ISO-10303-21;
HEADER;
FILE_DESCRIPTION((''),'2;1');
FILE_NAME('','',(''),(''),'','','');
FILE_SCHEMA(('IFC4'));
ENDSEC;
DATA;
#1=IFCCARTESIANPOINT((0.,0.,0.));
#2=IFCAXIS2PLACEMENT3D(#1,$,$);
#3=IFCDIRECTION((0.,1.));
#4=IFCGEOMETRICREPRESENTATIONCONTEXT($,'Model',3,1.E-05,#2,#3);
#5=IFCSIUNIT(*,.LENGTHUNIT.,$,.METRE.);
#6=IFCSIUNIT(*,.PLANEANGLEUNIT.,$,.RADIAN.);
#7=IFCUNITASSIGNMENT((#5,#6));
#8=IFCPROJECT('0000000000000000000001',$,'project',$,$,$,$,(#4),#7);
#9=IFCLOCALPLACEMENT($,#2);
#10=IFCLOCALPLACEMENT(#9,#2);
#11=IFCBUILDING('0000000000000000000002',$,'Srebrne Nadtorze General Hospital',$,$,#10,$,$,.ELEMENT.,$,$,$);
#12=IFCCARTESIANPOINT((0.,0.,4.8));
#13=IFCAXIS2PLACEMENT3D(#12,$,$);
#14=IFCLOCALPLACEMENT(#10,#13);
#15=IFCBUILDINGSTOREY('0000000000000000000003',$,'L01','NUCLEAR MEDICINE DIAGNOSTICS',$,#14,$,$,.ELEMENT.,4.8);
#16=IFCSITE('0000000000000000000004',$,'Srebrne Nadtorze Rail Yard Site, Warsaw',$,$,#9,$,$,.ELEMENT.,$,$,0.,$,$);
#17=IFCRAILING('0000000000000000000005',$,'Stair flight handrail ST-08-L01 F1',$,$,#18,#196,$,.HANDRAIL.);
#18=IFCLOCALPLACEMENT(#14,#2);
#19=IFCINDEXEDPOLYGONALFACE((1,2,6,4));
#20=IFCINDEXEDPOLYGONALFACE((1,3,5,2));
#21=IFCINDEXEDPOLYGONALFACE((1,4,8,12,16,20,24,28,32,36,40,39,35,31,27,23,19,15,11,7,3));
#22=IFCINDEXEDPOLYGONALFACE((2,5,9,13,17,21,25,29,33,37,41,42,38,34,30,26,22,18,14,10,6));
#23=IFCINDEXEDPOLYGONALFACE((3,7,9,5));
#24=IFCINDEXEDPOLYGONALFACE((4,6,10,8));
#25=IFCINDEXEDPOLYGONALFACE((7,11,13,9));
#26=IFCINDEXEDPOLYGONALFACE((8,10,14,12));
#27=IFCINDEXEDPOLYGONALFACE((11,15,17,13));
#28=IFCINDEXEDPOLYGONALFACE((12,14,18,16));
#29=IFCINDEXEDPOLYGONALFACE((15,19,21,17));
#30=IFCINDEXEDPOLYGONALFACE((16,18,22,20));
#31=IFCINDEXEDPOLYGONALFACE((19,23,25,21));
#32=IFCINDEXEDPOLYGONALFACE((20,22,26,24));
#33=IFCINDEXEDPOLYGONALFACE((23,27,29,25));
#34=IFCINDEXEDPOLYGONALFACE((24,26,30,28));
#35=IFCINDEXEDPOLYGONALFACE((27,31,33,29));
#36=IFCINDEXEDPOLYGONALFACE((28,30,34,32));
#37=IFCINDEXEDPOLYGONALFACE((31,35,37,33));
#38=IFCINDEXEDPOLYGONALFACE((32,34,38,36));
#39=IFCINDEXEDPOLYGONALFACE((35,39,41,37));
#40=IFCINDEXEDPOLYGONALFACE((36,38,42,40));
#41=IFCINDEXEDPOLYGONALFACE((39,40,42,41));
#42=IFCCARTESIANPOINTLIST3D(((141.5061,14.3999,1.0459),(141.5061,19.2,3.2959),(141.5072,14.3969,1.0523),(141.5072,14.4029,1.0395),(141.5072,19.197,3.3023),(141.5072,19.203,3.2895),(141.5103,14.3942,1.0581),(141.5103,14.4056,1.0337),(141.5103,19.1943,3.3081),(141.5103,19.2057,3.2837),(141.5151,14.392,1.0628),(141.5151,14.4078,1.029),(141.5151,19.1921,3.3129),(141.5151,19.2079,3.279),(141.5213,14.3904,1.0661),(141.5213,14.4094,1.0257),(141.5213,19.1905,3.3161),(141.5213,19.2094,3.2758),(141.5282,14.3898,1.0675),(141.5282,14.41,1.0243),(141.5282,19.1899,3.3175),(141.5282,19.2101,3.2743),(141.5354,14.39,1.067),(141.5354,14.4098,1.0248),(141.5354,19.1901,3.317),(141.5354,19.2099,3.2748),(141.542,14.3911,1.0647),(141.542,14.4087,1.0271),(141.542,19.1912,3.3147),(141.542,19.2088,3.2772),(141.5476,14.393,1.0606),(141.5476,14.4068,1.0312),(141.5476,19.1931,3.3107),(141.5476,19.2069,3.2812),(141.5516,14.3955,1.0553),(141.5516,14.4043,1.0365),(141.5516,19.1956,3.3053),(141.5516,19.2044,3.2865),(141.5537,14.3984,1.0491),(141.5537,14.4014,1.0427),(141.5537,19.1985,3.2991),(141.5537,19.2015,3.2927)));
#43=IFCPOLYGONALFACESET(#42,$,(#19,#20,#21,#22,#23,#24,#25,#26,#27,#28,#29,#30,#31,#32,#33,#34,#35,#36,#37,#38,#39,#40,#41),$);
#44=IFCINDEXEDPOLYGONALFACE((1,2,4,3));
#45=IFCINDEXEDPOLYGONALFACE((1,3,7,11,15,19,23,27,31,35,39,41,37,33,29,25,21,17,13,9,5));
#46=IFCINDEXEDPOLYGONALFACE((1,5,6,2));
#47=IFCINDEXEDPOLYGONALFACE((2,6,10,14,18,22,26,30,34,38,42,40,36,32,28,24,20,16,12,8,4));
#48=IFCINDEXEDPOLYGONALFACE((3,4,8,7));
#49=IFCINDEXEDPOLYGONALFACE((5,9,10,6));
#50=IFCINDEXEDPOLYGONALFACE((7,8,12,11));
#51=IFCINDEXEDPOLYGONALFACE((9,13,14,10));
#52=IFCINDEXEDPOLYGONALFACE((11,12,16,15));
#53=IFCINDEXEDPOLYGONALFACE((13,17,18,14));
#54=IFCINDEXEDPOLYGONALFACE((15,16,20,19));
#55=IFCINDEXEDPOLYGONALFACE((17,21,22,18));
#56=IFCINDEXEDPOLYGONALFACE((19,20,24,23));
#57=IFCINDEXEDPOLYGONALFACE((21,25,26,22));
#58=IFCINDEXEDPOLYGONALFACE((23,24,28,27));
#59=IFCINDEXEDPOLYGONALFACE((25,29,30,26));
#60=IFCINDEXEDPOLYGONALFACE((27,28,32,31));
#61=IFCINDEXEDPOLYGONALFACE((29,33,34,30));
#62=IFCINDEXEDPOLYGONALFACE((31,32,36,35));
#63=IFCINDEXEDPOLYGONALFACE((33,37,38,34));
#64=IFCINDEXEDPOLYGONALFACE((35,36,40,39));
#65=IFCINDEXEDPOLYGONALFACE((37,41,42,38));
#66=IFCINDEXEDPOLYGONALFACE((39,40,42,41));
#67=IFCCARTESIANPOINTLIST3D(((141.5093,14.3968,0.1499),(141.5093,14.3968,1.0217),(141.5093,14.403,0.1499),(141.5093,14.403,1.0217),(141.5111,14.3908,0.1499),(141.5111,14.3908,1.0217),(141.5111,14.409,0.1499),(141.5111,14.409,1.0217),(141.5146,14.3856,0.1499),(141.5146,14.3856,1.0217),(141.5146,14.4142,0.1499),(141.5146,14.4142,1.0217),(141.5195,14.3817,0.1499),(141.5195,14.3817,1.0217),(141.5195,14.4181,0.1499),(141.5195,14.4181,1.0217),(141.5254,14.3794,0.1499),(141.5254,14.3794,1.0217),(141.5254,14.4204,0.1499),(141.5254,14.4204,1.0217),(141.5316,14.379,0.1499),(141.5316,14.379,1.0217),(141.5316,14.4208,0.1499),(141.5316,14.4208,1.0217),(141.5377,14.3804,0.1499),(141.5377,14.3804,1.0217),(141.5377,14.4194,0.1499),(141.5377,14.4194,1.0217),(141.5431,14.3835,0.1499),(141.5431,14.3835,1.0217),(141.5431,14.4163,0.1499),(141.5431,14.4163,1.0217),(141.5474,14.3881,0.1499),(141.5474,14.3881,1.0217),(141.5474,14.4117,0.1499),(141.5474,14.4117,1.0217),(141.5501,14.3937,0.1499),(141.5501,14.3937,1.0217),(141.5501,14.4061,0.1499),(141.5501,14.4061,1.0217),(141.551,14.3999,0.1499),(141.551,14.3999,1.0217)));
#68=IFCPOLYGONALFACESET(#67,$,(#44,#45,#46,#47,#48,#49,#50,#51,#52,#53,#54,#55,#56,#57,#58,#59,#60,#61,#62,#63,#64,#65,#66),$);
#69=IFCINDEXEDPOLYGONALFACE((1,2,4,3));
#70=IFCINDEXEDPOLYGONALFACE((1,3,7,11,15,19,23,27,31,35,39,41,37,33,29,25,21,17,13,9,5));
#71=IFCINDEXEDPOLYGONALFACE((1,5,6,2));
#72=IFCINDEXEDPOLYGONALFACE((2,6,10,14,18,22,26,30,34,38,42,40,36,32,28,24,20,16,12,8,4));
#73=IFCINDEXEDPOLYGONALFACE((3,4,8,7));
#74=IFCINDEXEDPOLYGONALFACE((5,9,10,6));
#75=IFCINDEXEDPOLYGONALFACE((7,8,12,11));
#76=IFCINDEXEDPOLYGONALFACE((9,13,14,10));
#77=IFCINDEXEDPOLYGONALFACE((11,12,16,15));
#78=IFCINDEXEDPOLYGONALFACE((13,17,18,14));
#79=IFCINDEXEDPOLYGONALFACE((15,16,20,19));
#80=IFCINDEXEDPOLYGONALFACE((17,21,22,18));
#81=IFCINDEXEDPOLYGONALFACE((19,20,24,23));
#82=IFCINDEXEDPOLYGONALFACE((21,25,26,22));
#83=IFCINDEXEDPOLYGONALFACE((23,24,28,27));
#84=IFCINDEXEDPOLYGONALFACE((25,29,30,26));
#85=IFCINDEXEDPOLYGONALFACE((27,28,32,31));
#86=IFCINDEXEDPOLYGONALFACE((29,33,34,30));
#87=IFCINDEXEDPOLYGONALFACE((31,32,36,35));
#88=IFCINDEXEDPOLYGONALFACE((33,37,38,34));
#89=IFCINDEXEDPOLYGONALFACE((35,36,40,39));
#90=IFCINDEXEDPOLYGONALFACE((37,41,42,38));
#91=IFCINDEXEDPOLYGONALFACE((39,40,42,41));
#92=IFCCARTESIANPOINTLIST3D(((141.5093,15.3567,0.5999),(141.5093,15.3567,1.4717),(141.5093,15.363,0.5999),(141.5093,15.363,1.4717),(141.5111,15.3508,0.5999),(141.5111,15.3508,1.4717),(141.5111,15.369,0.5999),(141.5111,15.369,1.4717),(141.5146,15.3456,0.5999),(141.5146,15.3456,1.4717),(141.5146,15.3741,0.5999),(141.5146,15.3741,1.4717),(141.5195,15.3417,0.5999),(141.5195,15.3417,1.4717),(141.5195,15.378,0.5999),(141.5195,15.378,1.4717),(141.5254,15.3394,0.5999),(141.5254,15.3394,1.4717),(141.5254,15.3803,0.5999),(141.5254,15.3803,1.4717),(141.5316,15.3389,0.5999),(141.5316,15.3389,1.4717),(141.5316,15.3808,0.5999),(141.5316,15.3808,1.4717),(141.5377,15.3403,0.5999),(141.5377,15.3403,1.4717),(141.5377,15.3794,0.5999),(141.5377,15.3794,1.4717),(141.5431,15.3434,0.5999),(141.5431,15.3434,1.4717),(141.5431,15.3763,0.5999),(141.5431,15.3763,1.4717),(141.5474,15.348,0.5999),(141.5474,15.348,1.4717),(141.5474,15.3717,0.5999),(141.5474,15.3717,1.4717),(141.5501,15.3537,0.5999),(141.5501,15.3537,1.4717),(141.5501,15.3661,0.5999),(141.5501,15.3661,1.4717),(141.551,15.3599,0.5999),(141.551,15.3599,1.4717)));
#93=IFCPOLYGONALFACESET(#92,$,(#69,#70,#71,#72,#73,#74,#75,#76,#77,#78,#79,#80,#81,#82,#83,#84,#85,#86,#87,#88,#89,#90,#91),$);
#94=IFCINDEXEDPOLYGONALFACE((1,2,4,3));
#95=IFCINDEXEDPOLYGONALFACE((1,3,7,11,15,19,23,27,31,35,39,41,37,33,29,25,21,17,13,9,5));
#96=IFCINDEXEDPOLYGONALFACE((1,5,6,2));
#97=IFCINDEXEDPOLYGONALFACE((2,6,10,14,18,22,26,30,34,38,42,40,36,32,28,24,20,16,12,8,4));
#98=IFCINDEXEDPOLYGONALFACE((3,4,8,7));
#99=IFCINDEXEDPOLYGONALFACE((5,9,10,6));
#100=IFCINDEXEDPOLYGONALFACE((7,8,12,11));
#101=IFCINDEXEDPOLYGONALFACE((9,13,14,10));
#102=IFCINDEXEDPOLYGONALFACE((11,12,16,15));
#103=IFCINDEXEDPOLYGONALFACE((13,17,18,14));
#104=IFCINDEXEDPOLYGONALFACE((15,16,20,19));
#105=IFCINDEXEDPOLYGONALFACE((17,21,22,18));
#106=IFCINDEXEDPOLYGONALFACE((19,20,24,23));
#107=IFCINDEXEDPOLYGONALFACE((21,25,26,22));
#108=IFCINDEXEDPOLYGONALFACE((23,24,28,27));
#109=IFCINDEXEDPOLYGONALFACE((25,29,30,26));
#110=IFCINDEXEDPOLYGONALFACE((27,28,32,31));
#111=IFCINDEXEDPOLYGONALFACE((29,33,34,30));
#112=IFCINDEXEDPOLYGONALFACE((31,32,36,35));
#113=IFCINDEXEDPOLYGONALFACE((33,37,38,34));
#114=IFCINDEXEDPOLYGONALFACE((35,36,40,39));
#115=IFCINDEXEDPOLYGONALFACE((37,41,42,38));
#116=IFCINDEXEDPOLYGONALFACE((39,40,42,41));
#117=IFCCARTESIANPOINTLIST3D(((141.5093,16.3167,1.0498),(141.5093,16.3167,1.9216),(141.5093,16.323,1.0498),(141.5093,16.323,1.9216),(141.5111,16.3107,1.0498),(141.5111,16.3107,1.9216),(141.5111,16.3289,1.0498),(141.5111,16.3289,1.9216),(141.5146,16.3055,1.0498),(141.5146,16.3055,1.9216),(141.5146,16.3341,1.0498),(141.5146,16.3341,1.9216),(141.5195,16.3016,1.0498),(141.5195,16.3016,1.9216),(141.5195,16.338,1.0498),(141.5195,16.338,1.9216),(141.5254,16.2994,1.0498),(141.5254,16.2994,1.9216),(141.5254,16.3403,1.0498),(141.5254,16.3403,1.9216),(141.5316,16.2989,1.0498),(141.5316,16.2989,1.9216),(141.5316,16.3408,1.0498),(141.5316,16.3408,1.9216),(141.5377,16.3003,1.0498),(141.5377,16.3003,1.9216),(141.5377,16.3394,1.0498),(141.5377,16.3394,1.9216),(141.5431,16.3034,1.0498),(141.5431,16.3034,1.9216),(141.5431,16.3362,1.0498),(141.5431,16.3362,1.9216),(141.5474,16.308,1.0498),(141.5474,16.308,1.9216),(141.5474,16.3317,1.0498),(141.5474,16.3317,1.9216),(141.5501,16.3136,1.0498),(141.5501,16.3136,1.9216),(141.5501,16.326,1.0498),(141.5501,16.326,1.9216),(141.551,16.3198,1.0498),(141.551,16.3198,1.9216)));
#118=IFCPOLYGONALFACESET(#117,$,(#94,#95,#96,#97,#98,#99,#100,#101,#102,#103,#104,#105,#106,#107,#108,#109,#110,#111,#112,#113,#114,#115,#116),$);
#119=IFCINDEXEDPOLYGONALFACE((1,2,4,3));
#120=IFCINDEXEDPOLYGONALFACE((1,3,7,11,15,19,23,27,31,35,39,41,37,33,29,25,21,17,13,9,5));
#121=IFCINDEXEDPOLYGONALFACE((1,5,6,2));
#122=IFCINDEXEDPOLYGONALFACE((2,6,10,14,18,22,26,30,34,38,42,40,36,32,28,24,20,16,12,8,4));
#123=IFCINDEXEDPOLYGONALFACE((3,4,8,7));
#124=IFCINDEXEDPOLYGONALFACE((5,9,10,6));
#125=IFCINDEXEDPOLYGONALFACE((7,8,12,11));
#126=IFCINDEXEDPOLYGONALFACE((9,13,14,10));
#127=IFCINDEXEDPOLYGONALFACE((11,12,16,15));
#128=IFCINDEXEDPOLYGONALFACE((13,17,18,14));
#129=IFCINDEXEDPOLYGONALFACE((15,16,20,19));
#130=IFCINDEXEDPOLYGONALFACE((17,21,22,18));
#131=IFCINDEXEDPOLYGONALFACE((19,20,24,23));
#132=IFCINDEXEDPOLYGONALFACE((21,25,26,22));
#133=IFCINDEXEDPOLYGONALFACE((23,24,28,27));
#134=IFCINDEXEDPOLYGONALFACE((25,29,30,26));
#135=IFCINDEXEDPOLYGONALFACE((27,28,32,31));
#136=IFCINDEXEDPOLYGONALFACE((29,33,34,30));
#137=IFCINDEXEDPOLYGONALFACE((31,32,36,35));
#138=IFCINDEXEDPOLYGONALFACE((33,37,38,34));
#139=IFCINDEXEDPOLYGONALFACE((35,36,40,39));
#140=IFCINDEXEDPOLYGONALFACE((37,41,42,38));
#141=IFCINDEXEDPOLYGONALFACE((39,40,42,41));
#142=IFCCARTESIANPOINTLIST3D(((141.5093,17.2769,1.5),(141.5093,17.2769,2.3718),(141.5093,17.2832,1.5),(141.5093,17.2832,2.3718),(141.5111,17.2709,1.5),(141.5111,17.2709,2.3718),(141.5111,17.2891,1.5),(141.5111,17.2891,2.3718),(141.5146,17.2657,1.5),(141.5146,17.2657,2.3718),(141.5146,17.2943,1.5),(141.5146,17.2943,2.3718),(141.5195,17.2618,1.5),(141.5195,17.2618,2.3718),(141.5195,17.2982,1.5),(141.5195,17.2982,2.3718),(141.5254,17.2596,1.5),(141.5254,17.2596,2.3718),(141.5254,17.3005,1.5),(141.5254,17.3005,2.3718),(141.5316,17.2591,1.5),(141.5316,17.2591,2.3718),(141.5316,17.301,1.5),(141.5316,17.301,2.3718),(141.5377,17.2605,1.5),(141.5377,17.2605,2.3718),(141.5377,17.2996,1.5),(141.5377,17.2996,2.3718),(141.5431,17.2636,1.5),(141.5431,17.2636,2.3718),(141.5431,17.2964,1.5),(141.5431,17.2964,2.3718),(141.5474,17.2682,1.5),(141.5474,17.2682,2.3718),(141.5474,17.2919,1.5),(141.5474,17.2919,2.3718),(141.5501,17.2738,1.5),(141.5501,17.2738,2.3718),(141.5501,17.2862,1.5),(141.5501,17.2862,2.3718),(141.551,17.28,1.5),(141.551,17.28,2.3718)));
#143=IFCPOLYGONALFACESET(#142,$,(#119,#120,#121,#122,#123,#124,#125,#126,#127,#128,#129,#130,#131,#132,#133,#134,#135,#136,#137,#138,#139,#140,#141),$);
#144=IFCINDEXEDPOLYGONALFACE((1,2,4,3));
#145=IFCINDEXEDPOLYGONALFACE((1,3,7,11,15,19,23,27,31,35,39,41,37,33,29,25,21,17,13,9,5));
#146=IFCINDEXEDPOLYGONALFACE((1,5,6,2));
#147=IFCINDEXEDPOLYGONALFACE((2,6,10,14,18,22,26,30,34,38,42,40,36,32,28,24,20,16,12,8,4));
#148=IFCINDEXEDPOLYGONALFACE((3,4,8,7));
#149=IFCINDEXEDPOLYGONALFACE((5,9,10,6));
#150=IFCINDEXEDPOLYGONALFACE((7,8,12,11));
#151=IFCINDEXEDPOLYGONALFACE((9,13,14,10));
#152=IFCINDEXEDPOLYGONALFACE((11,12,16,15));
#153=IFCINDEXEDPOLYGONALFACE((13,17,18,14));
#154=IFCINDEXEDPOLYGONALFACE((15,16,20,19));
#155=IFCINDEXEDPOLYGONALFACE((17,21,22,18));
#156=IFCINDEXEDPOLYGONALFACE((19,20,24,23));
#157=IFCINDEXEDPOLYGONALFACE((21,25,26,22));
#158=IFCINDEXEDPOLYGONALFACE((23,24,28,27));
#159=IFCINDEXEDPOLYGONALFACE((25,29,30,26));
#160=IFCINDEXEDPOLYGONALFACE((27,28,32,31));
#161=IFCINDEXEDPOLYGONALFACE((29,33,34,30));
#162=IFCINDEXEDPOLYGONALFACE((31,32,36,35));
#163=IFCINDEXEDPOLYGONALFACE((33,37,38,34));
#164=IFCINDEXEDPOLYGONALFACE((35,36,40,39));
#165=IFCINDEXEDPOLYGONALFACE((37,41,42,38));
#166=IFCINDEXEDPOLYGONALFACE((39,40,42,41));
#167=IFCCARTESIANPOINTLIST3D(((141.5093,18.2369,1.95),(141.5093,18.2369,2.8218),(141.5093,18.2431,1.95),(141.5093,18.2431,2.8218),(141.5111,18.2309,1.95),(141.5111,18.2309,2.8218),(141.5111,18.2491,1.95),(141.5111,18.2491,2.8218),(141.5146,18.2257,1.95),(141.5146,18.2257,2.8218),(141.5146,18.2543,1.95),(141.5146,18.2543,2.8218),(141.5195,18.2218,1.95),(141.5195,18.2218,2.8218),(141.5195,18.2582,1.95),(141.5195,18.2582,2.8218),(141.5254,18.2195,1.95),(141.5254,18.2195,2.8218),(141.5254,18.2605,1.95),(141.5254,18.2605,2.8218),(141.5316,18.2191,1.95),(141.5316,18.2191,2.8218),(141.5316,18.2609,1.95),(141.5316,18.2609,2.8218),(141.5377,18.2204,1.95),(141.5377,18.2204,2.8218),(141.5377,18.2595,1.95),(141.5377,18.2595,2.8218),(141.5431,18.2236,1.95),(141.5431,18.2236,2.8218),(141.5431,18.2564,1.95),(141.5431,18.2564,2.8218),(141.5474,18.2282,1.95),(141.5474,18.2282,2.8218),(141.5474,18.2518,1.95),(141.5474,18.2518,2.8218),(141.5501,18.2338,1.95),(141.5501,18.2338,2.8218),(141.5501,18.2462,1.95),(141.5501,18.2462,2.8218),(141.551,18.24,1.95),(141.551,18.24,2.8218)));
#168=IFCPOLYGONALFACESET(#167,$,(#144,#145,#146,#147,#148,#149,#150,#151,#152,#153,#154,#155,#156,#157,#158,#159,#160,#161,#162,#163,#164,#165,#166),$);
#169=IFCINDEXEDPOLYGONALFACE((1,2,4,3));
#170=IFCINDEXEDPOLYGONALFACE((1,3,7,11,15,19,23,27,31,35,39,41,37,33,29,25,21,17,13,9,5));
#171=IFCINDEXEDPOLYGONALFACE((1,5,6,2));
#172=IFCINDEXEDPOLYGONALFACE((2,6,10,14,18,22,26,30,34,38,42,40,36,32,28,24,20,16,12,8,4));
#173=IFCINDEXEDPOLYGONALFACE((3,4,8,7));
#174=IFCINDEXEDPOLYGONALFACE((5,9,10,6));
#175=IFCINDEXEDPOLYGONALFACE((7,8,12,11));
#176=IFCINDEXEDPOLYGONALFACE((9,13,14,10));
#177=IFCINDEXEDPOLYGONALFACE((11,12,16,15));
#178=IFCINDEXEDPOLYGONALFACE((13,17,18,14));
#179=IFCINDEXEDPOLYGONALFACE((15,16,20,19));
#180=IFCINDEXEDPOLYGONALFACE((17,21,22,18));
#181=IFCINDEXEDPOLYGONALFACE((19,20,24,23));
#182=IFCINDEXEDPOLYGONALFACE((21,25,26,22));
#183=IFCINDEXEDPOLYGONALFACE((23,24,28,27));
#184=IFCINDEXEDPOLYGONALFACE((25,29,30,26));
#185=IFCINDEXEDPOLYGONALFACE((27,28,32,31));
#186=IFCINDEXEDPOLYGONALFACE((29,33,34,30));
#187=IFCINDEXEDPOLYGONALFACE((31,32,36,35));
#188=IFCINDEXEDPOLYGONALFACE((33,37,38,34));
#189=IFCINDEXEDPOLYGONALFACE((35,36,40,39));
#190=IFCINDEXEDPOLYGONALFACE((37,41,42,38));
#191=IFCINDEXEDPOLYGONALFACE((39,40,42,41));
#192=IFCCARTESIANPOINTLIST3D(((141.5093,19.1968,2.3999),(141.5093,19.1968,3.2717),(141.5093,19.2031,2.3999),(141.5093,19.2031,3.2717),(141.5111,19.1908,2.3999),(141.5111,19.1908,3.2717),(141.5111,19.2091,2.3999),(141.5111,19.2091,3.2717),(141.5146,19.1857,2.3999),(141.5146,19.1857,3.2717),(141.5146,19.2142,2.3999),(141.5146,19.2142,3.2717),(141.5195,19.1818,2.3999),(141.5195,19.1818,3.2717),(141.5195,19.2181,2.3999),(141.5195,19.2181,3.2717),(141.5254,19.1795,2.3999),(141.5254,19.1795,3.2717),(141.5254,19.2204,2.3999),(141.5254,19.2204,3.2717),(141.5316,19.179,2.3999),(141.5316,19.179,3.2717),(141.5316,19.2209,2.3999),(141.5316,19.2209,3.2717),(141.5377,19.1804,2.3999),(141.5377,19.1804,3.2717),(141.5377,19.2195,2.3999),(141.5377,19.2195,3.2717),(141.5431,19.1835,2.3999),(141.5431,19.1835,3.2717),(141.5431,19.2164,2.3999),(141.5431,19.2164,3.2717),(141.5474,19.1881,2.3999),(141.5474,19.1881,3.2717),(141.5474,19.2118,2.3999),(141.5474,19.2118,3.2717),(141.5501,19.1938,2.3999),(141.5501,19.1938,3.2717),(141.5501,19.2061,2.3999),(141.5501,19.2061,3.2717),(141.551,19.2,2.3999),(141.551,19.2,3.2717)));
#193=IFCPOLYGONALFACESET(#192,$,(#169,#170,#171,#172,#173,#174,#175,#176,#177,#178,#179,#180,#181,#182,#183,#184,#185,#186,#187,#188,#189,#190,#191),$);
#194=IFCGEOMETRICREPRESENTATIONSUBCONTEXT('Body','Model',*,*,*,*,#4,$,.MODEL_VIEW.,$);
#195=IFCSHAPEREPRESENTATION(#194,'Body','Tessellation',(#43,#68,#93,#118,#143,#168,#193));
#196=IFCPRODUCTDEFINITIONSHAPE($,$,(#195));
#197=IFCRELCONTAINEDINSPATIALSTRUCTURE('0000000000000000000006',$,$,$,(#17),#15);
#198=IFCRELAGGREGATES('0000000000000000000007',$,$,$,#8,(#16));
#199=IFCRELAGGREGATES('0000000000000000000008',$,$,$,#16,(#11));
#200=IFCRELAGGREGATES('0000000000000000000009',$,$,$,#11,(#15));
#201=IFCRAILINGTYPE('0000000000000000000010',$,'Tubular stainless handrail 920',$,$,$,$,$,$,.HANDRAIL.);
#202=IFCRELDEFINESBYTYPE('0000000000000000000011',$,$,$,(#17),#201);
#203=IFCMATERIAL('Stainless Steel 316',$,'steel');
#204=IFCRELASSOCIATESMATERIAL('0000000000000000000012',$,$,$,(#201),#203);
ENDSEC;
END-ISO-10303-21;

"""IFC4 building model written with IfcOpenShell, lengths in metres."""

from ifc_helpers import new_model, si_unit, direction, frame, origin, origin_2d, place, context, subcontext, project, spatial, circle, extrude, material, type_object, element, save


model = new_model("IFC4")

# Units and contexts
model_context = context("Model", 3, precision=1e-05, world=origin(), true_north=direction((0.0, 1.0)))
body_context = subcontext(model_context, "Body", "Model", "MODEL_VIEW")
ifc_project = project(units=[si_unit("LENGTHUNIT", "METRE"), si_unit("PLANEANGLEUNIT", "RADIAN")], contexts=[model_context])

# Site, building, storey
site_placement = place(None, origin())
site = spatial("IfcSite", under=ifc_project, at=site_placement, Name="Srebrne Nadtorze Rail Yard Site, Warsaw", CompositionType="ELEMENT", RefElevation=0.0)
building_placement = place(site_placement, origin())
building = spatial("IfcBuilding", under=site, at=building_placement, Name="Srebrne Nadtorze General Hospital", CompositionType="ELEMENT")
storey_placement = place(building_placement, frame((0.0, 0.0, 4.8)))
storey = spatial("IfcBuildingStorey", under=building, at=storey_placement, Name="L01", Description="NUCLEAR MEDICINE DIAGNOSTICS", CompositionType="ELEMENT", Elevation=4.8)

# Railing
ifc_material_1 = material(Name="Stainless Steel 316", Category="steel")
railing_type = type_object("IfcRailingType", Name="Tubular stainless handrail 920", PredefinedType="HANDRAIL", material=ifc_material_1)
railing_placement = place(storey_placement, frame((141.53, 14.3999, 0.1499)))
element("IfcRailing", 1, at=railing_placement, inside=storey, type_object=railing_type, Name="Stair flight handrail ST-08-L01 F1", PredefinedType="HANDRAIL", context=body_context, shape_type="SweptSolid", body=[
    extrude(circle(Radius=0.0239, at=origin_2d()), frame((0.0, 0.0, 0.896), z_axis=(0.0, 0.905461, 0.42443), x_axis=(-1.0, 0.0, 0.0)), (0.0, 0.0, 1.0), 5.3013),
    extrude(circle(Radius=0.021, at=origin_2d()), origin(), (0.0, 0.0, 1.0), 0.8718),
    extrude(circle(Radius=0.021, at=origin_2d()), frame((0.0, 0.96, 0.45)), (0.0, 0.0, 1.0), 0.8718),
    extrude(circle(Radius=0.021, at=origin_2d()), frame((0.0, 1.9199, 0.8999)), (0.0, 0.0, 1.0), 0.8718),
    extrude(circle(Radius=0.021, at=origin_2d()), frame((0.0, 2.8801, 1.3501)), (0.0, 0.0, 1.0), 0.8718),
    extrude(circle(Radius=0.021, at=origin_2d()), frame((0.0, 3.8401, 1.8)), (0.0, 0.0, 1.0), 0.8718),
    extrude(circle(Radius=0.021, at=origin_2d()), frame((0.0, 4.8, 2.25)), (0.0, 0.0, 1.0), 0.8718),
])

save(model, "model.ifc")
